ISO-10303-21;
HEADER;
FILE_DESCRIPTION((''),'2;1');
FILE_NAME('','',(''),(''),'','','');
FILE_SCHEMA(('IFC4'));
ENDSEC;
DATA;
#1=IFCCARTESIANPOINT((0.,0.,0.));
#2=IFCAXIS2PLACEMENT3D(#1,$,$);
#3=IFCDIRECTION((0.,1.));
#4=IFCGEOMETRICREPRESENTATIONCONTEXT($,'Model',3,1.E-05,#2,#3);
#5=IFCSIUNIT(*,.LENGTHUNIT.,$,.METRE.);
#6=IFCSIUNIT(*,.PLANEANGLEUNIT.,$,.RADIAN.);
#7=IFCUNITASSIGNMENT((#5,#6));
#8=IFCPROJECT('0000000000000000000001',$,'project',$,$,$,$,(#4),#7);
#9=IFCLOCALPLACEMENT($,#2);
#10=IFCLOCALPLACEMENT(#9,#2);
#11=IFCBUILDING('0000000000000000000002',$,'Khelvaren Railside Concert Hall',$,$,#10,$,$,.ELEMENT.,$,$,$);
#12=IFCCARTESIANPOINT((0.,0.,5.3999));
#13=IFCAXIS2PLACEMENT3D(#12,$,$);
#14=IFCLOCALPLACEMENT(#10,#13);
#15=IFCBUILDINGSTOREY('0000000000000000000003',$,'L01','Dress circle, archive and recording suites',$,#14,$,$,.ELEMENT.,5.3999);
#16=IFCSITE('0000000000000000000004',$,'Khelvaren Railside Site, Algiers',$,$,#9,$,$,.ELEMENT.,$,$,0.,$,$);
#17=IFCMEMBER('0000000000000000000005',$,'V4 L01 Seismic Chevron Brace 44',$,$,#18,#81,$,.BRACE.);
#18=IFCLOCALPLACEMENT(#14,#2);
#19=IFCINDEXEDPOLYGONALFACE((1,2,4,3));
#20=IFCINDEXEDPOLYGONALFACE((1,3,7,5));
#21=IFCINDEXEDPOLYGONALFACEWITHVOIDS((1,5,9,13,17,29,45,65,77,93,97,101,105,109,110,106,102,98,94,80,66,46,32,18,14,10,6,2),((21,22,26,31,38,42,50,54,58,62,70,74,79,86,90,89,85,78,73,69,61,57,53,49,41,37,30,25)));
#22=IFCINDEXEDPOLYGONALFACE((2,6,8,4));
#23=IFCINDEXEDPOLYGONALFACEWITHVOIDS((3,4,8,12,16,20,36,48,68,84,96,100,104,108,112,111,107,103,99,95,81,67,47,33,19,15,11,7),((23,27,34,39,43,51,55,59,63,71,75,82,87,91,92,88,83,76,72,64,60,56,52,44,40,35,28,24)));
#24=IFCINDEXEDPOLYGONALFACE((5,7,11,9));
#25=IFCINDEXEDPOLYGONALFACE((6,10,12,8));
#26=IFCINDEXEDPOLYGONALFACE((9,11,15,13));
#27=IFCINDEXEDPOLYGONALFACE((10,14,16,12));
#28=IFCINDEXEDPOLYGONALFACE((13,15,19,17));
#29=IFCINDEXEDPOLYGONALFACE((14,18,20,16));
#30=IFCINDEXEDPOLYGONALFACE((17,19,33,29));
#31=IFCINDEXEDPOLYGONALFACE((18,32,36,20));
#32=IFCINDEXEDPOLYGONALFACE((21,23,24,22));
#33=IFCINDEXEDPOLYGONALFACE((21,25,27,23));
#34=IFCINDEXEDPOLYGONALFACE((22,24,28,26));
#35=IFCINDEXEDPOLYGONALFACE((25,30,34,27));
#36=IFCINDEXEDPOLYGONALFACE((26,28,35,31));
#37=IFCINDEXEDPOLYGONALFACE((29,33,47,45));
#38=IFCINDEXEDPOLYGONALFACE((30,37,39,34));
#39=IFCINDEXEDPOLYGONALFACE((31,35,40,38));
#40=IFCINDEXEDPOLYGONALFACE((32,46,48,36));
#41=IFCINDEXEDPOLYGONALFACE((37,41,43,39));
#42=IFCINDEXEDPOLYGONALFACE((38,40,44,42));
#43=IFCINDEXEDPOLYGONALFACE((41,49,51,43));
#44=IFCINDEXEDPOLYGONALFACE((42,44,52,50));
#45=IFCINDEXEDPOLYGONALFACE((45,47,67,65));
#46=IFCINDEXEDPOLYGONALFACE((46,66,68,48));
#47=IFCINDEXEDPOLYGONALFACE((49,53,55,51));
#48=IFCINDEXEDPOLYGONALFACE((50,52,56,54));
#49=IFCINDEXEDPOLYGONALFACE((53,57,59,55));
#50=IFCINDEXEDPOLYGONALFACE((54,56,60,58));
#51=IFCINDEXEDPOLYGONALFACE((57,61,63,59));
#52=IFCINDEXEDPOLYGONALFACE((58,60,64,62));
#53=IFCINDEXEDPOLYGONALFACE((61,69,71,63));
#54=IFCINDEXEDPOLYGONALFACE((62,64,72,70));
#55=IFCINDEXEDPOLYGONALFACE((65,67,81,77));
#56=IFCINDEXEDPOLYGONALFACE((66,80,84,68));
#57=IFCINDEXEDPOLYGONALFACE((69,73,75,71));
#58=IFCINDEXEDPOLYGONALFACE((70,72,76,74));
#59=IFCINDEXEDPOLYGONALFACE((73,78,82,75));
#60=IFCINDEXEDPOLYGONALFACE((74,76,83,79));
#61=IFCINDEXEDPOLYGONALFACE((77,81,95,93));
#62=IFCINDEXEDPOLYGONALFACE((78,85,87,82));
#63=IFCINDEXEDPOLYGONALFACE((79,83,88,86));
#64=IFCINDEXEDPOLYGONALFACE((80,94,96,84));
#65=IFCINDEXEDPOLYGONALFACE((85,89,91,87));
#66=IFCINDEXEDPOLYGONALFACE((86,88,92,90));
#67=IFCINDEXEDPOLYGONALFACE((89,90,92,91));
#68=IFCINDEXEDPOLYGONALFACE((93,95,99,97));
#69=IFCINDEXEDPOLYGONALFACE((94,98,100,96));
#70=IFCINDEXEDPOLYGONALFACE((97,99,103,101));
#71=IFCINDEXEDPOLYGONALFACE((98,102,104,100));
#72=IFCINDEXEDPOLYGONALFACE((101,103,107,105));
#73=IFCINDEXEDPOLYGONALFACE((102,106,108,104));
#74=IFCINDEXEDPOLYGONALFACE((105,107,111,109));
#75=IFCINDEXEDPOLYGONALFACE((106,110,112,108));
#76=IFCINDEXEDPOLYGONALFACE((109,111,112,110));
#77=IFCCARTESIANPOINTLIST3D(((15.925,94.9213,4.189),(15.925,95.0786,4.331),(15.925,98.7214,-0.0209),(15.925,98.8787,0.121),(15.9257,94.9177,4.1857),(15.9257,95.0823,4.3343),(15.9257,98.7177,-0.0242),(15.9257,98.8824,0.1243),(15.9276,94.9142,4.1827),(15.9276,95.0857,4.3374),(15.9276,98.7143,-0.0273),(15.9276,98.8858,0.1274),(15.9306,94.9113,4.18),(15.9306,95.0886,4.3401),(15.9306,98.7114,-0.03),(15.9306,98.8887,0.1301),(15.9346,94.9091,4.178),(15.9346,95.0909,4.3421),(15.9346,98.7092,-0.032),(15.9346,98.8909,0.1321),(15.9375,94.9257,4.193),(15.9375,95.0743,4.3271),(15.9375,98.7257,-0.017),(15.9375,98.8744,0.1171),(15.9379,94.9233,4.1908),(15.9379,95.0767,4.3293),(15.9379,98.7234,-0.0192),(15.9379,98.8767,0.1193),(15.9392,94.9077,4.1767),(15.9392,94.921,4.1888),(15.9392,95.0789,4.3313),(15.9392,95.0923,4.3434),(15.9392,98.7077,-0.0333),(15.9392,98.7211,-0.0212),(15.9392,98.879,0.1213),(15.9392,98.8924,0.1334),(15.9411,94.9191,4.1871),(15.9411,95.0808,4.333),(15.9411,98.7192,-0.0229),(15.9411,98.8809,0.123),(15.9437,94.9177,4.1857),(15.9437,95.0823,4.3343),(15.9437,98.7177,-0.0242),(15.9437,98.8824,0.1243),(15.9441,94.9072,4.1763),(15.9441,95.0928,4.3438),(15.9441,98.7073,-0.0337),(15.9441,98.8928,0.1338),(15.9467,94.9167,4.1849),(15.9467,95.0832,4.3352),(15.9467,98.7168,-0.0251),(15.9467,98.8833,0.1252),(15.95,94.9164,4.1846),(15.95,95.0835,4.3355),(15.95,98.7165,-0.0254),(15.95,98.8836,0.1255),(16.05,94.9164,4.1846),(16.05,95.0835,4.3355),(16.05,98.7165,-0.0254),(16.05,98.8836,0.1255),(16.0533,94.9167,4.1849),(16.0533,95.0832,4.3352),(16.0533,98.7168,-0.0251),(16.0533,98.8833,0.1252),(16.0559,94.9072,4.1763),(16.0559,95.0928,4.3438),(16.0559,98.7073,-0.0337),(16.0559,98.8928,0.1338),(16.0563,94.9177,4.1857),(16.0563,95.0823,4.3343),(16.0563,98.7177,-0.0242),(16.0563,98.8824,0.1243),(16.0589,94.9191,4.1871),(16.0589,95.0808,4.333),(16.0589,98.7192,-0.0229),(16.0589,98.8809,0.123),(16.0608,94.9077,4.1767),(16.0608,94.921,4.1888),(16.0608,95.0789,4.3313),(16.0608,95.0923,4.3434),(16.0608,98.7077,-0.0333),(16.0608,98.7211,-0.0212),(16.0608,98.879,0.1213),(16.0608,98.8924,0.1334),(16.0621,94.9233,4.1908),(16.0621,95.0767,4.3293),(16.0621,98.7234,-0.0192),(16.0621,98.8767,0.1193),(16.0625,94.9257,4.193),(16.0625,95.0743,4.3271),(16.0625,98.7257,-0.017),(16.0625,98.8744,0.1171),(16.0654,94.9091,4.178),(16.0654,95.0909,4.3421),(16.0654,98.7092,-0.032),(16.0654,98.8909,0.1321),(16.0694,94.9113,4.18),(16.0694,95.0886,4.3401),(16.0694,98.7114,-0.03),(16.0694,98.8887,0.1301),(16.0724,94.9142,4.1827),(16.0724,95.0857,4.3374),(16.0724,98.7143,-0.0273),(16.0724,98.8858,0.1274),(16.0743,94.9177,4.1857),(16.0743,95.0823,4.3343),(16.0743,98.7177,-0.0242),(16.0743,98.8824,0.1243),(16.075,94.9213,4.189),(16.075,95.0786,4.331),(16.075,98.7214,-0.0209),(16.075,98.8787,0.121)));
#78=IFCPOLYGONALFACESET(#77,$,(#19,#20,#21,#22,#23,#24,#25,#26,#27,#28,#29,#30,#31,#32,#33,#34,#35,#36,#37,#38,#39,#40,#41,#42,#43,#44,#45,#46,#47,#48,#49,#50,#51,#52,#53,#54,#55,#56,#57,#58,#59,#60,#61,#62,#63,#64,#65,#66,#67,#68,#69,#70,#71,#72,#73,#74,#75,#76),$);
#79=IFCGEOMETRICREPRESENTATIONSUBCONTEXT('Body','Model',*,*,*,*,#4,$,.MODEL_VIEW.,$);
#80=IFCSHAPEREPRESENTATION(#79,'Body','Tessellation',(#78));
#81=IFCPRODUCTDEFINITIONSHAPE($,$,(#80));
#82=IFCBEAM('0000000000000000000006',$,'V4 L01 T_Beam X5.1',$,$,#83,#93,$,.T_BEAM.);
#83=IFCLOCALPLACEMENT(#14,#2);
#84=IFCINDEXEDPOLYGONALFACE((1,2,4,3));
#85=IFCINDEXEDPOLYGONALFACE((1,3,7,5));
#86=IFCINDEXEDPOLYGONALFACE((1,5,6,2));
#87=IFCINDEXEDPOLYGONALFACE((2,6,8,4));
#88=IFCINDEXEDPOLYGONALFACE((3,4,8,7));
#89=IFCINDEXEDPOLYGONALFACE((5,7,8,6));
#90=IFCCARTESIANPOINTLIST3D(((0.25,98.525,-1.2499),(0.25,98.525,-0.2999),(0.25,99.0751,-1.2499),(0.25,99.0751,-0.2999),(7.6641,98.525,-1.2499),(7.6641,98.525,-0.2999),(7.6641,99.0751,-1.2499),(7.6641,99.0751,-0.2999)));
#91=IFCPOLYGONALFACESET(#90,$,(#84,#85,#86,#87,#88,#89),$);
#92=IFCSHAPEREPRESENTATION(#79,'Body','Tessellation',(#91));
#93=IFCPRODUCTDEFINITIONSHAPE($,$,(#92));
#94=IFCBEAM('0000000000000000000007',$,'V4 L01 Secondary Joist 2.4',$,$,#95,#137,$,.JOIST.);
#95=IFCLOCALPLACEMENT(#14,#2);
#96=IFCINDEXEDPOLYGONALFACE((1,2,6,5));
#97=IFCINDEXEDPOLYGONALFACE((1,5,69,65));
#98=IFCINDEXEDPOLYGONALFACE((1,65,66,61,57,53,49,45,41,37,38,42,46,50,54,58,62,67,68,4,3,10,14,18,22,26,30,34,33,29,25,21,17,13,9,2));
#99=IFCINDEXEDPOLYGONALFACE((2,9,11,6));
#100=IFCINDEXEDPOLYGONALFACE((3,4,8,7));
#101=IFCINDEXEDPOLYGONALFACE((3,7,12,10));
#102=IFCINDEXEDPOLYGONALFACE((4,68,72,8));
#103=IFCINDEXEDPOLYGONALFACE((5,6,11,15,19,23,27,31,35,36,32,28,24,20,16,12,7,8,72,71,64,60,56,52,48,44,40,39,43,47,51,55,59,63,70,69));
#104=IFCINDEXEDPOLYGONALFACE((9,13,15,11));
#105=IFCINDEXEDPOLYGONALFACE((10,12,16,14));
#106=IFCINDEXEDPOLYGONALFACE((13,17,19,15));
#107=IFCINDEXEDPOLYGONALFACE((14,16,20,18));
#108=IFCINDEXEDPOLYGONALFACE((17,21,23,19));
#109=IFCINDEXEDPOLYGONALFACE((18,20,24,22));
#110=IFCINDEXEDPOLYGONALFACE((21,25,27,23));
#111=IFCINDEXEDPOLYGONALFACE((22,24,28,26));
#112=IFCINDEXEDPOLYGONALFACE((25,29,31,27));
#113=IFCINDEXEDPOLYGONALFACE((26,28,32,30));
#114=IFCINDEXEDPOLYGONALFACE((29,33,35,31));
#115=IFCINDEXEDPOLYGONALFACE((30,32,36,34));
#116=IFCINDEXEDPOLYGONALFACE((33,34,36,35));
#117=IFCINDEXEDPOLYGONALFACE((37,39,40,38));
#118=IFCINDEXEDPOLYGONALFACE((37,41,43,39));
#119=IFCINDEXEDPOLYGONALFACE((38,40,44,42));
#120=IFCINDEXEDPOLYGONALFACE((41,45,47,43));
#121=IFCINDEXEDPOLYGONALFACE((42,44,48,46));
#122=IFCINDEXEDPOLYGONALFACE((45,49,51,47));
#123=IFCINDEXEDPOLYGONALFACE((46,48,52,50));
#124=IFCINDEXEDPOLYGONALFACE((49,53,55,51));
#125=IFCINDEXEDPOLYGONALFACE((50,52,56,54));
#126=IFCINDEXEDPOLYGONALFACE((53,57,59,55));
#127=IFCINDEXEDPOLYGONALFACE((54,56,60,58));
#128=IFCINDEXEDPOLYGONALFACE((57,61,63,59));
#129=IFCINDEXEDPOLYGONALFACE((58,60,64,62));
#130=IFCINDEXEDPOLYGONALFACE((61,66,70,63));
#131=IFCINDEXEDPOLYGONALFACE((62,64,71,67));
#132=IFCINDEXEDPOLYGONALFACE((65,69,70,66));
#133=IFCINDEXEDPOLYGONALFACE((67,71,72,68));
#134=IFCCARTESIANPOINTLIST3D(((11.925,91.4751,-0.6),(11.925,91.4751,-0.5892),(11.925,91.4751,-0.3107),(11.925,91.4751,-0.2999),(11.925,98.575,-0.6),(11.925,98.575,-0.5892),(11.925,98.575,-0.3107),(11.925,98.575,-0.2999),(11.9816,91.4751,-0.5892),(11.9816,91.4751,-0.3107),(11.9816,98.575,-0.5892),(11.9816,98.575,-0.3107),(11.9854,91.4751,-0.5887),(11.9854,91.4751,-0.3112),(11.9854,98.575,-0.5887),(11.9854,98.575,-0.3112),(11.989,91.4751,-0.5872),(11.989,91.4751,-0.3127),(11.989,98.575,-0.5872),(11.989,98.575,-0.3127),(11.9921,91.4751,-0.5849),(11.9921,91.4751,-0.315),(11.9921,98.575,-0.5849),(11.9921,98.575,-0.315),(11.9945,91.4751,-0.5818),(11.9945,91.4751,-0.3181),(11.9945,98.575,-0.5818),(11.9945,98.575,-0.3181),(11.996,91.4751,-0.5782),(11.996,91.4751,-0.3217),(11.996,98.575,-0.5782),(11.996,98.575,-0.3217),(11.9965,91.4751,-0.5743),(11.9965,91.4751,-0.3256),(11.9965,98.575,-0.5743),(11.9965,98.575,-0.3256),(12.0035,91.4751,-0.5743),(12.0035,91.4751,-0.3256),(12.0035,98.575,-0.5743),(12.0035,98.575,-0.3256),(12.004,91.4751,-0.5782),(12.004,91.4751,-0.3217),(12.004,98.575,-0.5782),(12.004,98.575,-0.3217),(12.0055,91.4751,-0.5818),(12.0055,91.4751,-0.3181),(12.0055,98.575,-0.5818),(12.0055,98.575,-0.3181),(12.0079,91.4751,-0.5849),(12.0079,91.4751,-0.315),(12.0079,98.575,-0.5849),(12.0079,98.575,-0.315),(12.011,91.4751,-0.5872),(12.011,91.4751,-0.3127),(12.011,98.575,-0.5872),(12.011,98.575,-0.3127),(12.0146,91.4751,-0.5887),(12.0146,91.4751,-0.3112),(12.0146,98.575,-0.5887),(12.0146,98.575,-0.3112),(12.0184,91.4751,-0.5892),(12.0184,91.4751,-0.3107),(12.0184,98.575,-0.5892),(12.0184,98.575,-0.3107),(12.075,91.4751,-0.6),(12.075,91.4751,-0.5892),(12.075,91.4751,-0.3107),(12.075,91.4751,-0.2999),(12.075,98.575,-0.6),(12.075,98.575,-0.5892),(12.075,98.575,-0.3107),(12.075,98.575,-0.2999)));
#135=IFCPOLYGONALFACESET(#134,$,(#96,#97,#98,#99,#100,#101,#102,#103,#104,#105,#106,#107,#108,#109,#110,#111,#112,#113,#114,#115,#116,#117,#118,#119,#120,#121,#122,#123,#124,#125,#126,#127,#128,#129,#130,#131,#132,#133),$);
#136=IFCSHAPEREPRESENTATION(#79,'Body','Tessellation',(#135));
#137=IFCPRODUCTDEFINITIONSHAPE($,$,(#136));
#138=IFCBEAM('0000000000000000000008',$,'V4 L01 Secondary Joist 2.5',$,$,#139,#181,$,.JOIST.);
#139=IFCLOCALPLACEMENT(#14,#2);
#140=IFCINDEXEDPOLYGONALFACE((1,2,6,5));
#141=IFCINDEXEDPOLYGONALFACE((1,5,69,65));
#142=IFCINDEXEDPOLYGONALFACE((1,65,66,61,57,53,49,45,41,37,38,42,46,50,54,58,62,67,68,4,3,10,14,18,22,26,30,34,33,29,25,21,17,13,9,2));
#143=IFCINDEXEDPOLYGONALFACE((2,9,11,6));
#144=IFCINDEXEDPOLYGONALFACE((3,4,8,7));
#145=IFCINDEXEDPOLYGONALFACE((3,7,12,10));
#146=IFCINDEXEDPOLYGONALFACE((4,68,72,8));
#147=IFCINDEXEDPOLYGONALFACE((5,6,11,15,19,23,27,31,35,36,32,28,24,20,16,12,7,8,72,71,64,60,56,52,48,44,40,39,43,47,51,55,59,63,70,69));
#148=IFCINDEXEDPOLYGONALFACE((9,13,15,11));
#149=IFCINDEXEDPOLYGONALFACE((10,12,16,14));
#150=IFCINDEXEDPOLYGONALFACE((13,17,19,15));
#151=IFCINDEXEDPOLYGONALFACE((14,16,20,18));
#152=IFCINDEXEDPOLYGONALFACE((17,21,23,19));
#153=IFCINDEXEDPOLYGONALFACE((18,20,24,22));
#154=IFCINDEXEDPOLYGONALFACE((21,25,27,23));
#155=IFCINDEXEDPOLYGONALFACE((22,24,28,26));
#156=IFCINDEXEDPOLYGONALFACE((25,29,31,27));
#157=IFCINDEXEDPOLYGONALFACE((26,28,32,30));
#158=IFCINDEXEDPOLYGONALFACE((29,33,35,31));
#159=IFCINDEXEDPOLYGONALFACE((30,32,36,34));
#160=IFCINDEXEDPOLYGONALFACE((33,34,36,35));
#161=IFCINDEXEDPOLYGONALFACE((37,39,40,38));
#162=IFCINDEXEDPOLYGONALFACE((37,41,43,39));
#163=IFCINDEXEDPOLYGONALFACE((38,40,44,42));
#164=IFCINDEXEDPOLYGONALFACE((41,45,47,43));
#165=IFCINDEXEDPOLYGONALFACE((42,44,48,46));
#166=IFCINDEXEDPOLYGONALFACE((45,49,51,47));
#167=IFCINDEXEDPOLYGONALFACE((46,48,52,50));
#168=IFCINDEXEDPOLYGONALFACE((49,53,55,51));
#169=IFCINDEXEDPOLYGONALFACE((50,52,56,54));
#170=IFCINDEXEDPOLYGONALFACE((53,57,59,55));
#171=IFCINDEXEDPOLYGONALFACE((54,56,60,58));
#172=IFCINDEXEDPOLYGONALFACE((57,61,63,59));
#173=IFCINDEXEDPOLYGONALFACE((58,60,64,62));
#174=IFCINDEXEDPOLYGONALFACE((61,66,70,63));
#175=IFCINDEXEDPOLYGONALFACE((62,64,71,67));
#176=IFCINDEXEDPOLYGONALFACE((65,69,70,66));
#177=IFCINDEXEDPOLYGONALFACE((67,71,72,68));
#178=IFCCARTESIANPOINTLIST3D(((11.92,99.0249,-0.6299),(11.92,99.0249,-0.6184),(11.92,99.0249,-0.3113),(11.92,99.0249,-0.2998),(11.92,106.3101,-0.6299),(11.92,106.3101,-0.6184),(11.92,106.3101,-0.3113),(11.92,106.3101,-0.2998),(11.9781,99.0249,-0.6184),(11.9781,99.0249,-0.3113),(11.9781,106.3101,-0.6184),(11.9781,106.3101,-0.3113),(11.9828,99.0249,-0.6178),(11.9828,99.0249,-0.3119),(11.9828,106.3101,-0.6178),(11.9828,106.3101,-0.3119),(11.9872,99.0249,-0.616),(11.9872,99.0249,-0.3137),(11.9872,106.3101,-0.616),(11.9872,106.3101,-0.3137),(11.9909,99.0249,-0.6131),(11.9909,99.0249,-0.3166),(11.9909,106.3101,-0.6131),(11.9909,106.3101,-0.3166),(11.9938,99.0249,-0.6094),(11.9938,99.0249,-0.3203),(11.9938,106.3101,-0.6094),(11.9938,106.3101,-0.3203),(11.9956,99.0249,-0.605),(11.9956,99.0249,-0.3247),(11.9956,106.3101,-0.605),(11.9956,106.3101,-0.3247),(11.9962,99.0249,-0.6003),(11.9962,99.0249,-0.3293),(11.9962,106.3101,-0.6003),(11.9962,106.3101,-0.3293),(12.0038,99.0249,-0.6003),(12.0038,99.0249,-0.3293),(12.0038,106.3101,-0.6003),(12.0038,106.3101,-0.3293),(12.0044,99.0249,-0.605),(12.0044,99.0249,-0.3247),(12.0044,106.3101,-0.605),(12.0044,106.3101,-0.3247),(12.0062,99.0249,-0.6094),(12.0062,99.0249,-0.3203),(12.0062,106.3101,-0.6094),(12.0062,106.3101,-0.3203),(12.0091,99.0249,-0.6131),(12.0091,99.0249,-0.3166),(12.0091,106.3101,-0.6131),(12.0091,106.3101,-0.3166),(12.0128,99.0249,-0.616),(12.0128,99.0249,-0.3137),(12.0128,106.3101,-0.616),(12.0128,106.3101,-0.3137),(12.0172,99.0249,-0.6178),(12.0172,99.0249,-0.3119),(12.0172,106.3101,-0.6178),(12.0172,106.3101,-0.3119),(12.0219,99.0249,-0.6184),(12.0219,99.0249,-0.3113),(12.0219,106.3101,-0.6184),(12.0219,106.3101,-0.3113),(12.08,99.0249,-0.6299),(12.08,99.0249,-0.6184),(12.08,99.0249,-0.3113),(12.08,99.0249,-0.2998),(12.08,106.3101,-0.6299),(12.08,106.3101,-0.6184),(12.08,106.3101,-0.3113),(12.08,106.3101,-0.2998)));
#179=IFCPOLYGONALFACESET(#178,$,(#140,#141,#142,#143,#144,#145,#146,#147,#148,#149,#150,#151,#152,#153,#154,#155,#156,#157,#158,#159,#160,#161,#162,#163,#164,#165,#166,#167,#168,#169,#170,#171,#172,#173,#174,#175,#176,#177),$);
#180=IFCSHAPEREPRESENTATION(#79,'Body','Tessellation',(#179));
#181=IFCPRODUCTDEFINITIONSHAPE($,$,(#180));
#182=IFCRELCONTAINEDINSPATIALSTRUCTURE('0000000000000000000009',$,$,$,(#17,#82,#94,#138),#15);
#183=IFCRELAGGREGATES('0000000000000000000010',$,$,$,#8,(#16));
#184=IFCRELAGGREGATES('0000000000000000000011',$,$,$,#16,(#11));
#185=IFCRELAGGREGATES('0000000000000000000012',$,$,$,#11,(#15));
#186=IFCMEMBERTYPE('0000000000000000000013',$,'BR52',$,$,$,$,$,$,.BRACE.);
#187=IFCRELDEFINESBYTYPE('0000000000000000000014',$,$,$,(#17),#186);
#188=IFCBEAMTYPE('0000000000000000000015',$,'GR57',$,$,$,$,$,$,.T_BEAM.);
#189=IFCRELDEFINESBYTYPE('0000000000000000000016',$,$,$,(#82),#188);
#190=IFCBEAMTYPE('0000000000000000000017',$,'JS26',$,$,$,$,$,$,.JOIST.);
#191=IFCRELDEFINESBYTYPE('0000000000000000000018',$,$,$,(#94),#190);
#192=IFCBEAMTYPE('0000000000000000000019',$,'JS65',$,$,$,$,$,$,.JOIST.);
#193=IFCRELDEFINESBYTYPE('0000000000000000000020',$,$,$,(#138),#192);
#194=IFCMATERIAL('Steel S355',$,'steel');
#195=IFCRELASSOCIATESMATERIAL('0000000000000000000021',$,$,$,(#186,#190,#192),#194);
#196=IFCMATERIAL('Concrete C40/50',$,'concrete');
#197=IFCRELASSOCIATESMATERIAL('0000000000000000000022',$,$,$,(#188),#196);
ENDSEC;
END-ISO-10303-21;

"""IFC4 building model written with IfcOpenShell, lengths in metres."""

from ifc_helpers import new_model, si_unit, direction, frame, origin, origin_2d, place, context, subcontext, project, spatial, rectangle, hollow_rectangle, i_section, extrude, material, material_profile, profile_set, type_object, element, save


model = new_model("IFC4")

# Units and contexts
model_context = context("Model", 3, precision=1e-05, world=origin(), true_north=direction((0.0, 1.0)))
body_context = subcontext(model_context, "Body", "Model", "MODEL_VIEW")
ifc_project = project(units=[si_unit("LENGTHUNIT", "METRE"), si_unit("PLANEANGLEUNIT", "RADIAN")], contexts=[model_context])

# Site, building, storey
site_placement = place(None, origin())
site = spatial("IfcSite", under=ifc_project, at=site_placement, Name="Khelvaren Railside Site, Algiers", CompositionType="ELEMENT", RefElevation=0.0)
building_placement = place(site_placement, origin())
building = spatial("IfcBuilding", under=site, at=building_placement, Name="Khelvaren Railside Concert Hall", CompositionType="ELEMENT")
storey_placement = place(building_placement, frame((0.0, 0.0, 5.3999)))
storey = spatial("IfcBuildingStorey", under=building, at=storey_placement, Name="L01", Description="Dress circle, archive and recording suites", CompositionType="ELEMENT", Elevation=5.3999)

# Shared definitions
ifc_material_1 = material(Name="Steel S355", Category="steel")
ifc_material_2 = material(Name="Concrete C40/50", Category="concrete")

# Member
ifc_material_profile_1 = material_profile(ifc_material_1, hollow_rectangle(XDim=0.1499, YDim=0.25, WallThickness=0.0125, InnerFilletRadius=0.0125, OuterFilletRadius=0.019, at=origin_2d()), Name="RHS 250x150x12.5")
ifc_profile_set_1 = profile_set([ifc_material_profile_1], Name="Steel S355")
member_type = type_object("IfcMemberType", Name="BR52", PredefinedType="BRACE", material=ifc_profile_set_1)
for number, where, z_axis, x_axis, name in (
    (1, (16.0, 98.8, 0.05), (0.0, -0.670044, 0.742322), (1.0, 0.0, 0.0), "V4 L01 Seismic Chevron Brace 44"),
):
    element("IfcMember", number, at=place(storey_placement, frame(where, z_axis=z_axis, x_axis=x_axis)), inside=storey, type_object=member_type, Name=name, PredefinedType="BRACE", context=body_context, shape_type="SweptSolid", body=[
        extrude(hollow_rectangle(XDim=0.1499, YDim=0.25, WallThickness=0.0125, InnerFilletRadius=0.0125, OuterFilletRadius=0.019, at=origin_2d()), origin(), (0.0, 0.0, 1.0), 5.6714),
    ])

# Beams
ifc_material_profile_2 = material_profile(ifc_material_2, rectangle(XDim=0.55, YDim=0.95, at=origin_2d()), Name="RCB 550x950")
ifc_profile_set_2 = profile_set([ifc_material_profile_2], Name="Concrete C40/50")
beam_type_1 = type_object("IfcBeamType", Name="GR57", PredefinedType="T_BEAM", material=ifc_profile_set_2)
beam_1_placement = place(storey_placement, frame((0.25, 98.8, -0.7749), z_axis=(1.0, 0.0, 0.0), x_axis=(0.0, 1.0, 0.0)))
element("IfcBeam", 2, at=beam_1_placement, inside=storey, type_object=beam_type_1, Name="V4 L01 T_Beam X5.1", PredefinedType="T_BEAM", context=body_context, shape_type="SweptSolid", body=[
    extrude(rectangle(XDim=0.55, YDim=0.95, at=origin_2d()), origin(), (0.0, 0.0, 1.0), 7.4141),
])
ifc_material_profile_3 = material_profile(ifc_material_1, i_section(OverallWidth=0.1499, OverallDepth=0.3, WebThickness=0.0071, FlangeThickness=0.0107, FilletRadius=0.0149, at=origin_2d()), Name="IPE 300")
ifc_profile_set_3 = profile_set([ifc_material_profile_3], Name="Steel S355")
beam_type_2 = type_object("IfcBeamType", Name="JS26", PredefinedType="JOIST", material=ifc_profile_set_3)
beam_2_placement = place(storey_placement, frame((12.0, 91.4751, -0.45), z_axis=(0.0, 1.0, 0.0), x_axis=(-1.0, 0.0, 0.0)))
element("IfcBeam", 3, at=beam_2_placement, inside=storey, type_object=beam_type_2, Name="V4 L01 Secondary Joist 2.4", PredefinedType="JOIST", context=body_context, shape_type="SweptSolid", body=[
    extrude(i_section(OverallWidth=0.1499, OverallDepth=0.3, WebThickness=0.0071, FlangeThickness=0.0107, FilletRadius=0.0149, at=origin_2d()), origin(), (0.0, 0.0, 1.0), 7.0999),
])
ifc_material_profile_4 = material_profile(ifc_material_1, i_section(OverallWidth=0.1599, OverallDepth=0.3301, WebThickness=0.0076, FlangeThickness=0.0115, FilletRadius=0.0181, at=origin_2d()), Name="IPE 330")
ifc_profile_set_4 = profile_set([ifc_material_profile_4], Name="Steel S355")
beam_type_3 = type_object("IfcBeamType", Name="JS65", PredefinedType="JOIST", material=ifc_profile_set_4)
beam_3_placement = place(storey_placement, frame((12.0, 99.0249, -0.4648), z_axis=(0.0, 1.0, 0.0), x_axis=(-1.0, 0.0, 0.0)))
element("IfcBeam", 4, at=beam_3_placement, inside=storey, type_object=beam_type_3, Name="V4 L01 Secondary Joist 2.5", PredefinedType="JOIST", context=body_context, shape_type="SweptSolid", body=[
    extrude(i_section(OverallWidth=0.1599, OverallDepth=0.3301, WebThickness=0.0076, FlangeThickness=0.0115, FilletRadius=0.0181, at=origin_2d()), origin(), (0.0, 0.0, 1.0), 7.2852),
])

save(model, "model.ifc")
